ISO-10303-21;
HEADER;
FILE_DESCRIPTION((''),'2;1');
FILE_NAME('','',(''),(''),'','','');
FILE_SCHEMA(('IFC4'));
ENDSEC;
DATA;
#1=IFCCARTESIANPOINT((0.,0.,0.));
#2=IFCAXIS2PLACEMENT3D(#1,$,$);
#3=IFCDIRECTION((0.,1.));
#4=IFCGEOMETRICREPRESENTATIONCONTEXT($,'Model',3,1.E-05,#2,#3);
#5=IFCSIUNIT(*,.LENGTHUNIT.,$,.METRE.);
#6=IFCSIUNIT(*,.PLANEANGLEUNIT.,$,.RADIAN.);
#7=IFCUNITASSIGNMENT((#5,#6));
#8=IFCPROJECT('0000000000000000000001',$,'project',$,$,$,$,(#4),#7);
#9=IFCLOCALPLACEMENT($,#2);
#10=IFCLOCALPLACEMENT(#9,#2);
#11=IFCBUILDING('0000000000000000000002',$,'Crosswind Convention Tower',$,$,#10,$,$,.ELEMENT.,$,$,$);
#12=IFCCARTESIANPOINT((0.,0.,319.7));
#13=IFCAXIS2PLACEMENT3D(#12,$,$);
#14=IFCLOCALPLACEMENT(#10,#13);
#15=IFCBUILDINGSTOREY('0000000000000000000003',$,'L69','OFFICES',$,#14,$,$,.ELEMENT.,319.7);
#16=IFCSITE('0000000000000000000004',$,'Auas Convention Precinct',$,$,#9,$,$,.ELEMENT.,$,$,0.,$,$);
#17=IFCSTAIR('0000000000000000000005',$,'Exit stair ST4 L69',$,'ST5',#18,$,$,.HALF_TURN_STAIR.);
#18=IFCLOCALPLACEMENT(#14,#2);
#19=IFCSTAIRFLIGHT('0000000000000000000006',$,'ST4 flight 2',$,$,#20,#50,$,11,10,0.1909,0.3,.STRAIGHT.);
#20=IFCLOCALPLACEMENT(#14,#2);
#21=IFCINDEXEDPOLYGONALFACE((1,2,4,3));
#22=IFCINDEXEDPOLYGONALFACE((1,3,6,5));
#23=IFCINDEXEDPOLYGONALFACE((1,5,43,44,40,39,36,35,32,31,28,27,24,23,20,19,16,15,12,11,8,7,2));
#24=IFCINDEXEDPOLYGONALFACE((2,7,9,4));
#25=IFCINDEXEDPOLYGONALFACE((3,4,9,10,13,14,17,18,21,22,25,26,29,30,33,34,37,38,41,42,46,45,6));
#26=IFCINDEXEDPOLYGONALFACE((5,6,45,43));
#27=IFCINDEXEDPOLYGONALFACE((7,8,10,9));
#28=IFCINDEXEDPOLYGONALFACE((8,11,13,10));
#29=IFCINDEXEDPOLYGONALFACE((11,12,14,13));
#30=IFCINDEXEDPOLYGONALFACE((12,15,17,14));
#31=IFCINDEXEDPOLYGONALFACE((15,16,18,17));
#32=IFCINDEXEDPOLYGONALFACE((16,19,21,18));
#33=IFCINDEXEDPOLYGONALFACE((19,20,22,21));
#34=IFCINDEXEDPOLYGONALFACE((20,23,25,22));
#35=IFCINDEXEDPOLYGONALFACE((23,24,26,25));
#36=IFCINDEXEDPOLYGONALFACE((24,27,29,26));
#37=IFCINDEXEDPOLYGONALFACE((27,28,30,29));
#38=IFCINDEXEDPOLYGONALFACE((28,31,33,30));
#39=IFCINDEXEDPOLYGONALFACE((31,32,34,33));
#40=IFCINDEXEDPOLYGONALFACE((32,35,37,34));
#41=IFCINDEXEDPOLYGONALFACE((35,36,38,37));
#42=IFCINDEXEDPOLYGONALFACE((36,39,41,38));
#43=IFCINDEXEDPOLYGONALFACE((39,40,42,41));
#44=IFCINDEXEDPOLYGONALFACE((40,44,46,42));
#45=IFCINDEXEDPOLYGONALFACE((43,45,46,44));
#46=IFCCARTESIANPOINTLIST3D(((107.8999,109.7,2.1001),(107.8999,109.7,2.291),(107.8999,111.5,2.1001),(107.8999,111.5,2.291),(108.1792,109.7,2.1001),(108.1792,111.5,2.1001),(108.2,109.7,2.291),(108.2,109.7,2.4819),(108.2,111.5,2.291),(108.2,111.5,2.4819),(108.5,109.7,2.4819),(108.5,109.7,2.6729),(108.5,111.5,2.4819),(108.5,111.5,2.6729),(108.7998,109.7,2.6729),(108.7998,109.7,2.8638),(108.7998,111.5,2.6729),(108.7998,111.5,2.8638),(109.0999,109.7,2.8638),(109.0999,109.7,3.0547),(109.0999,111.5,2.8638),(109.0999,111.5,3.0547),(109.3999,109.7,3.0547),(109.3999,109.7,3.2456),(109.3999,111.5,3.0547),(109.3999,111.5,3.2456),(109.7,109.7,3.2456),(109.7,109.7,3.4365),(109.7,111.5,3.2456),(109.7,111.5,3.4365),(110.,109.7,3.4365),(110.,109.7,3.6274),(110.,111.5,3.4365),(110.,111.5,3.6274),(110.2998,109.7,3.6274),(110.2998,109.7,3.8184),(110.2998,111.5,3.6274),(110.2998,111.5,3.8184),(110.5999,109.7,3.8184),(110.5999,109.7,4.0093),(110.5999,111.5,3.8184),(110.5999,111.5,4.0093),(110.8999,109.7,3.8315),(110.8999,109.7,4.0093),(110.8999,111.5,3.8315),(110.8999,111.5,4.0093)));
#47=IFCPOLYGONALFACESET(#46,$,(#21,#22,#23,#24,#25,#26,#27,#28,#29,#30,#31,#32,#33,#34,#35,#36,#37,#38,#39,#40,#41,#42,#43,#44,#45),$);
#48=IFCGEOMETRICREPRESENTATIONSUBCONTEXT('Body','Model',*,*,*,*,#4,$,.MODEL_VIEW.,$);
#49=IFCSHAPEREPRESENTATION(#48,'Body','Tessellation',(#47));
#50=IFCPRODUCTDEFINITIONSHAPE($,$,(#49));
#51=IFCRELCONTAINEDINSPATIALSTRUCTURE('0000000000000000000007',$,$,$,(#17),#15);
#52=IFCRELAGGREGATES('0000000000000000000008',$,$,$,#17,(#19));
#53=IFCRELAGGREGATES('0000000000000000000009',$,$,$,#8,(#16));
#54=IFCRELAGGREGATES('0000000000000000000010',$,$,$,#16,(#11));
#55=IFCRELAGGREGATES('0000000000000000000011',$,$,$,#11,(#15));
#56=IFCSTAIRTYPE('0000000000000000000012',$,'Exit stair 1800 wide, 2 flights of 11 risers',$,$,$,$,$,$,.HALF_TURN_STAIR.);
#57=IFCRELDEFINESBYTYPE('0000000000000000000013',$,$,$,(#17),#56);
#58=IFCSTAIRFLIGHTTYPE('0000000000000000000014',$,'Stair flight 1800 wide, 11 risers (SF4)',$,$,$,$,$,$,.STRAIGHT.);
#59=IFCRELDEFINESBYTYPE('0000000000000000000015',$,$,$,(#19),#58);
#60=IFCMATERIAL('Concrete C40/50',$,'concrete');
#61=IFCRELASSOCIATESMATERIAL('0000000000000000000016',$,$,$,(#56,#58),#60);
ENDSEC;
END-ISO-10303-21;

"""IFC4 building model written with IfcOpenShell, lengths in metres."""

from ifc_helpers import new_model, si_unit, direction, frame, origin, place, context, subcontext, project, spatial, polyline, outline, extrude, material, type_object, element, aggregate, save


model = new_model("IFC4")

# Units and contexts
model_context = context("Model", 3, precision=1e-05, world=origin(), true_north=direction((0.0, 1.0)))
body_context = subcontext(model_context, "Body", "Model", "MODEL_VIEW")
ifc_project = project(units=[si_unit("LENGTHUNIT", "METRE"), si_unit("PLANEANGLEUNIT", "RADIAN")], contexts=[model_context])

# Site, building, storey
site_placement = place(None, origin())
site = spatial("IfcSite", under=ifc_project, at=site_placement, Name="Auas Convention Precinct", CompositionType="ELEMENT", RefElevation=0.0)
building_placement = place(site_placement, origin())
building = spatial("IfcBuilding", under=site, at=building_placement, Name="Crosswind Convention Tower", CompositionType="ELEMENT")
storey_placement = place(building_placement, frame((0.0, 0.0, 319.7)))
storey = spatial("IfcBuildingStorey", under=building, at=storey_placement, Name="L69", Description="OFFICES", CompositionType="ELEMENT", Elevation=319.7)

# Stair, stair flight
ifc_material_1 = material(Name="Concrete C40/50", Category="concrete")
stair_type = type_object("IfcStairType", Name="Exit stair 1800 wide, 2 flights of 11 risers", PredefinedType="HALF_TURN_STAIR", material=ifc_material_1)
stair_placement = place(storey_placement, origin())
stair = element("IfcStair", 1, at=stair_placement, inside=storey, type_object=stair_type, Name="Exit stair ST4 L69", ObjectType="ST5", PredefinedType="HALF_TURN_STAIR")
stair_flight_type = type_object("IfcStairFlightType", Name="Stair flight 1800 wide, 11 risers (SF4)", PredefinedType="STRAIGHT", material=ifc_material_1)
stair_flight_placement = place(storey_placement, frame((107.8999, 110.6001, 2.1001), z_axis=(0.0, 0.0, 1.0), x_axis=(1.0, 0.0, 0.0)))
stair_flight = element("IfcStairFlight", 2, at=stair_flight_placement, type_object=stair_flight_type, Name="ST4 flight 2", NumberOfRisers=11, NumberOfTreads=10, PredefinedType="STRAIGHT", RiserHeight=0.1909, TreadLength=0.3, context=body_context, shape_type="SweptSolid", body=[
    extrude(outline(polyline([(0.0, 0.0), (0.0, 0.1909), (0.3, 0.1909), (0.3, 0.3818), (0.6001, 0.3818), (0.6001, 0.5728), (0.8999, 0.5728), (0.8999, 0.7637), (1.2, 0.7637), (1.2, 0.9546), (1.5, 0.9546), (1.5, 1.1455), (1.8, 1.1455), (1.8, 1.3364), (2.1001, 1.3364), (2.1001, 1.5273), (2.3999, 1.5273), (2.3999, 1.7183), (2.7, 1.7183), (2.7, 1.9092), (3.0, 1.9092), (3.0, 2.1001), (3.0, 1.7314), (0.2793, 0.0), (0.0, 0.0)])), frame((0.0, 0.8999, 0.0), z_axis=(0.0, -1.0, 0.0), x_axis=(1.0, 0.0, 0.0)), (0.0, 0.0, 1.0), 1.8),
])
aggregate(stair, [stair_flight])

save(model, "model.ifc")
